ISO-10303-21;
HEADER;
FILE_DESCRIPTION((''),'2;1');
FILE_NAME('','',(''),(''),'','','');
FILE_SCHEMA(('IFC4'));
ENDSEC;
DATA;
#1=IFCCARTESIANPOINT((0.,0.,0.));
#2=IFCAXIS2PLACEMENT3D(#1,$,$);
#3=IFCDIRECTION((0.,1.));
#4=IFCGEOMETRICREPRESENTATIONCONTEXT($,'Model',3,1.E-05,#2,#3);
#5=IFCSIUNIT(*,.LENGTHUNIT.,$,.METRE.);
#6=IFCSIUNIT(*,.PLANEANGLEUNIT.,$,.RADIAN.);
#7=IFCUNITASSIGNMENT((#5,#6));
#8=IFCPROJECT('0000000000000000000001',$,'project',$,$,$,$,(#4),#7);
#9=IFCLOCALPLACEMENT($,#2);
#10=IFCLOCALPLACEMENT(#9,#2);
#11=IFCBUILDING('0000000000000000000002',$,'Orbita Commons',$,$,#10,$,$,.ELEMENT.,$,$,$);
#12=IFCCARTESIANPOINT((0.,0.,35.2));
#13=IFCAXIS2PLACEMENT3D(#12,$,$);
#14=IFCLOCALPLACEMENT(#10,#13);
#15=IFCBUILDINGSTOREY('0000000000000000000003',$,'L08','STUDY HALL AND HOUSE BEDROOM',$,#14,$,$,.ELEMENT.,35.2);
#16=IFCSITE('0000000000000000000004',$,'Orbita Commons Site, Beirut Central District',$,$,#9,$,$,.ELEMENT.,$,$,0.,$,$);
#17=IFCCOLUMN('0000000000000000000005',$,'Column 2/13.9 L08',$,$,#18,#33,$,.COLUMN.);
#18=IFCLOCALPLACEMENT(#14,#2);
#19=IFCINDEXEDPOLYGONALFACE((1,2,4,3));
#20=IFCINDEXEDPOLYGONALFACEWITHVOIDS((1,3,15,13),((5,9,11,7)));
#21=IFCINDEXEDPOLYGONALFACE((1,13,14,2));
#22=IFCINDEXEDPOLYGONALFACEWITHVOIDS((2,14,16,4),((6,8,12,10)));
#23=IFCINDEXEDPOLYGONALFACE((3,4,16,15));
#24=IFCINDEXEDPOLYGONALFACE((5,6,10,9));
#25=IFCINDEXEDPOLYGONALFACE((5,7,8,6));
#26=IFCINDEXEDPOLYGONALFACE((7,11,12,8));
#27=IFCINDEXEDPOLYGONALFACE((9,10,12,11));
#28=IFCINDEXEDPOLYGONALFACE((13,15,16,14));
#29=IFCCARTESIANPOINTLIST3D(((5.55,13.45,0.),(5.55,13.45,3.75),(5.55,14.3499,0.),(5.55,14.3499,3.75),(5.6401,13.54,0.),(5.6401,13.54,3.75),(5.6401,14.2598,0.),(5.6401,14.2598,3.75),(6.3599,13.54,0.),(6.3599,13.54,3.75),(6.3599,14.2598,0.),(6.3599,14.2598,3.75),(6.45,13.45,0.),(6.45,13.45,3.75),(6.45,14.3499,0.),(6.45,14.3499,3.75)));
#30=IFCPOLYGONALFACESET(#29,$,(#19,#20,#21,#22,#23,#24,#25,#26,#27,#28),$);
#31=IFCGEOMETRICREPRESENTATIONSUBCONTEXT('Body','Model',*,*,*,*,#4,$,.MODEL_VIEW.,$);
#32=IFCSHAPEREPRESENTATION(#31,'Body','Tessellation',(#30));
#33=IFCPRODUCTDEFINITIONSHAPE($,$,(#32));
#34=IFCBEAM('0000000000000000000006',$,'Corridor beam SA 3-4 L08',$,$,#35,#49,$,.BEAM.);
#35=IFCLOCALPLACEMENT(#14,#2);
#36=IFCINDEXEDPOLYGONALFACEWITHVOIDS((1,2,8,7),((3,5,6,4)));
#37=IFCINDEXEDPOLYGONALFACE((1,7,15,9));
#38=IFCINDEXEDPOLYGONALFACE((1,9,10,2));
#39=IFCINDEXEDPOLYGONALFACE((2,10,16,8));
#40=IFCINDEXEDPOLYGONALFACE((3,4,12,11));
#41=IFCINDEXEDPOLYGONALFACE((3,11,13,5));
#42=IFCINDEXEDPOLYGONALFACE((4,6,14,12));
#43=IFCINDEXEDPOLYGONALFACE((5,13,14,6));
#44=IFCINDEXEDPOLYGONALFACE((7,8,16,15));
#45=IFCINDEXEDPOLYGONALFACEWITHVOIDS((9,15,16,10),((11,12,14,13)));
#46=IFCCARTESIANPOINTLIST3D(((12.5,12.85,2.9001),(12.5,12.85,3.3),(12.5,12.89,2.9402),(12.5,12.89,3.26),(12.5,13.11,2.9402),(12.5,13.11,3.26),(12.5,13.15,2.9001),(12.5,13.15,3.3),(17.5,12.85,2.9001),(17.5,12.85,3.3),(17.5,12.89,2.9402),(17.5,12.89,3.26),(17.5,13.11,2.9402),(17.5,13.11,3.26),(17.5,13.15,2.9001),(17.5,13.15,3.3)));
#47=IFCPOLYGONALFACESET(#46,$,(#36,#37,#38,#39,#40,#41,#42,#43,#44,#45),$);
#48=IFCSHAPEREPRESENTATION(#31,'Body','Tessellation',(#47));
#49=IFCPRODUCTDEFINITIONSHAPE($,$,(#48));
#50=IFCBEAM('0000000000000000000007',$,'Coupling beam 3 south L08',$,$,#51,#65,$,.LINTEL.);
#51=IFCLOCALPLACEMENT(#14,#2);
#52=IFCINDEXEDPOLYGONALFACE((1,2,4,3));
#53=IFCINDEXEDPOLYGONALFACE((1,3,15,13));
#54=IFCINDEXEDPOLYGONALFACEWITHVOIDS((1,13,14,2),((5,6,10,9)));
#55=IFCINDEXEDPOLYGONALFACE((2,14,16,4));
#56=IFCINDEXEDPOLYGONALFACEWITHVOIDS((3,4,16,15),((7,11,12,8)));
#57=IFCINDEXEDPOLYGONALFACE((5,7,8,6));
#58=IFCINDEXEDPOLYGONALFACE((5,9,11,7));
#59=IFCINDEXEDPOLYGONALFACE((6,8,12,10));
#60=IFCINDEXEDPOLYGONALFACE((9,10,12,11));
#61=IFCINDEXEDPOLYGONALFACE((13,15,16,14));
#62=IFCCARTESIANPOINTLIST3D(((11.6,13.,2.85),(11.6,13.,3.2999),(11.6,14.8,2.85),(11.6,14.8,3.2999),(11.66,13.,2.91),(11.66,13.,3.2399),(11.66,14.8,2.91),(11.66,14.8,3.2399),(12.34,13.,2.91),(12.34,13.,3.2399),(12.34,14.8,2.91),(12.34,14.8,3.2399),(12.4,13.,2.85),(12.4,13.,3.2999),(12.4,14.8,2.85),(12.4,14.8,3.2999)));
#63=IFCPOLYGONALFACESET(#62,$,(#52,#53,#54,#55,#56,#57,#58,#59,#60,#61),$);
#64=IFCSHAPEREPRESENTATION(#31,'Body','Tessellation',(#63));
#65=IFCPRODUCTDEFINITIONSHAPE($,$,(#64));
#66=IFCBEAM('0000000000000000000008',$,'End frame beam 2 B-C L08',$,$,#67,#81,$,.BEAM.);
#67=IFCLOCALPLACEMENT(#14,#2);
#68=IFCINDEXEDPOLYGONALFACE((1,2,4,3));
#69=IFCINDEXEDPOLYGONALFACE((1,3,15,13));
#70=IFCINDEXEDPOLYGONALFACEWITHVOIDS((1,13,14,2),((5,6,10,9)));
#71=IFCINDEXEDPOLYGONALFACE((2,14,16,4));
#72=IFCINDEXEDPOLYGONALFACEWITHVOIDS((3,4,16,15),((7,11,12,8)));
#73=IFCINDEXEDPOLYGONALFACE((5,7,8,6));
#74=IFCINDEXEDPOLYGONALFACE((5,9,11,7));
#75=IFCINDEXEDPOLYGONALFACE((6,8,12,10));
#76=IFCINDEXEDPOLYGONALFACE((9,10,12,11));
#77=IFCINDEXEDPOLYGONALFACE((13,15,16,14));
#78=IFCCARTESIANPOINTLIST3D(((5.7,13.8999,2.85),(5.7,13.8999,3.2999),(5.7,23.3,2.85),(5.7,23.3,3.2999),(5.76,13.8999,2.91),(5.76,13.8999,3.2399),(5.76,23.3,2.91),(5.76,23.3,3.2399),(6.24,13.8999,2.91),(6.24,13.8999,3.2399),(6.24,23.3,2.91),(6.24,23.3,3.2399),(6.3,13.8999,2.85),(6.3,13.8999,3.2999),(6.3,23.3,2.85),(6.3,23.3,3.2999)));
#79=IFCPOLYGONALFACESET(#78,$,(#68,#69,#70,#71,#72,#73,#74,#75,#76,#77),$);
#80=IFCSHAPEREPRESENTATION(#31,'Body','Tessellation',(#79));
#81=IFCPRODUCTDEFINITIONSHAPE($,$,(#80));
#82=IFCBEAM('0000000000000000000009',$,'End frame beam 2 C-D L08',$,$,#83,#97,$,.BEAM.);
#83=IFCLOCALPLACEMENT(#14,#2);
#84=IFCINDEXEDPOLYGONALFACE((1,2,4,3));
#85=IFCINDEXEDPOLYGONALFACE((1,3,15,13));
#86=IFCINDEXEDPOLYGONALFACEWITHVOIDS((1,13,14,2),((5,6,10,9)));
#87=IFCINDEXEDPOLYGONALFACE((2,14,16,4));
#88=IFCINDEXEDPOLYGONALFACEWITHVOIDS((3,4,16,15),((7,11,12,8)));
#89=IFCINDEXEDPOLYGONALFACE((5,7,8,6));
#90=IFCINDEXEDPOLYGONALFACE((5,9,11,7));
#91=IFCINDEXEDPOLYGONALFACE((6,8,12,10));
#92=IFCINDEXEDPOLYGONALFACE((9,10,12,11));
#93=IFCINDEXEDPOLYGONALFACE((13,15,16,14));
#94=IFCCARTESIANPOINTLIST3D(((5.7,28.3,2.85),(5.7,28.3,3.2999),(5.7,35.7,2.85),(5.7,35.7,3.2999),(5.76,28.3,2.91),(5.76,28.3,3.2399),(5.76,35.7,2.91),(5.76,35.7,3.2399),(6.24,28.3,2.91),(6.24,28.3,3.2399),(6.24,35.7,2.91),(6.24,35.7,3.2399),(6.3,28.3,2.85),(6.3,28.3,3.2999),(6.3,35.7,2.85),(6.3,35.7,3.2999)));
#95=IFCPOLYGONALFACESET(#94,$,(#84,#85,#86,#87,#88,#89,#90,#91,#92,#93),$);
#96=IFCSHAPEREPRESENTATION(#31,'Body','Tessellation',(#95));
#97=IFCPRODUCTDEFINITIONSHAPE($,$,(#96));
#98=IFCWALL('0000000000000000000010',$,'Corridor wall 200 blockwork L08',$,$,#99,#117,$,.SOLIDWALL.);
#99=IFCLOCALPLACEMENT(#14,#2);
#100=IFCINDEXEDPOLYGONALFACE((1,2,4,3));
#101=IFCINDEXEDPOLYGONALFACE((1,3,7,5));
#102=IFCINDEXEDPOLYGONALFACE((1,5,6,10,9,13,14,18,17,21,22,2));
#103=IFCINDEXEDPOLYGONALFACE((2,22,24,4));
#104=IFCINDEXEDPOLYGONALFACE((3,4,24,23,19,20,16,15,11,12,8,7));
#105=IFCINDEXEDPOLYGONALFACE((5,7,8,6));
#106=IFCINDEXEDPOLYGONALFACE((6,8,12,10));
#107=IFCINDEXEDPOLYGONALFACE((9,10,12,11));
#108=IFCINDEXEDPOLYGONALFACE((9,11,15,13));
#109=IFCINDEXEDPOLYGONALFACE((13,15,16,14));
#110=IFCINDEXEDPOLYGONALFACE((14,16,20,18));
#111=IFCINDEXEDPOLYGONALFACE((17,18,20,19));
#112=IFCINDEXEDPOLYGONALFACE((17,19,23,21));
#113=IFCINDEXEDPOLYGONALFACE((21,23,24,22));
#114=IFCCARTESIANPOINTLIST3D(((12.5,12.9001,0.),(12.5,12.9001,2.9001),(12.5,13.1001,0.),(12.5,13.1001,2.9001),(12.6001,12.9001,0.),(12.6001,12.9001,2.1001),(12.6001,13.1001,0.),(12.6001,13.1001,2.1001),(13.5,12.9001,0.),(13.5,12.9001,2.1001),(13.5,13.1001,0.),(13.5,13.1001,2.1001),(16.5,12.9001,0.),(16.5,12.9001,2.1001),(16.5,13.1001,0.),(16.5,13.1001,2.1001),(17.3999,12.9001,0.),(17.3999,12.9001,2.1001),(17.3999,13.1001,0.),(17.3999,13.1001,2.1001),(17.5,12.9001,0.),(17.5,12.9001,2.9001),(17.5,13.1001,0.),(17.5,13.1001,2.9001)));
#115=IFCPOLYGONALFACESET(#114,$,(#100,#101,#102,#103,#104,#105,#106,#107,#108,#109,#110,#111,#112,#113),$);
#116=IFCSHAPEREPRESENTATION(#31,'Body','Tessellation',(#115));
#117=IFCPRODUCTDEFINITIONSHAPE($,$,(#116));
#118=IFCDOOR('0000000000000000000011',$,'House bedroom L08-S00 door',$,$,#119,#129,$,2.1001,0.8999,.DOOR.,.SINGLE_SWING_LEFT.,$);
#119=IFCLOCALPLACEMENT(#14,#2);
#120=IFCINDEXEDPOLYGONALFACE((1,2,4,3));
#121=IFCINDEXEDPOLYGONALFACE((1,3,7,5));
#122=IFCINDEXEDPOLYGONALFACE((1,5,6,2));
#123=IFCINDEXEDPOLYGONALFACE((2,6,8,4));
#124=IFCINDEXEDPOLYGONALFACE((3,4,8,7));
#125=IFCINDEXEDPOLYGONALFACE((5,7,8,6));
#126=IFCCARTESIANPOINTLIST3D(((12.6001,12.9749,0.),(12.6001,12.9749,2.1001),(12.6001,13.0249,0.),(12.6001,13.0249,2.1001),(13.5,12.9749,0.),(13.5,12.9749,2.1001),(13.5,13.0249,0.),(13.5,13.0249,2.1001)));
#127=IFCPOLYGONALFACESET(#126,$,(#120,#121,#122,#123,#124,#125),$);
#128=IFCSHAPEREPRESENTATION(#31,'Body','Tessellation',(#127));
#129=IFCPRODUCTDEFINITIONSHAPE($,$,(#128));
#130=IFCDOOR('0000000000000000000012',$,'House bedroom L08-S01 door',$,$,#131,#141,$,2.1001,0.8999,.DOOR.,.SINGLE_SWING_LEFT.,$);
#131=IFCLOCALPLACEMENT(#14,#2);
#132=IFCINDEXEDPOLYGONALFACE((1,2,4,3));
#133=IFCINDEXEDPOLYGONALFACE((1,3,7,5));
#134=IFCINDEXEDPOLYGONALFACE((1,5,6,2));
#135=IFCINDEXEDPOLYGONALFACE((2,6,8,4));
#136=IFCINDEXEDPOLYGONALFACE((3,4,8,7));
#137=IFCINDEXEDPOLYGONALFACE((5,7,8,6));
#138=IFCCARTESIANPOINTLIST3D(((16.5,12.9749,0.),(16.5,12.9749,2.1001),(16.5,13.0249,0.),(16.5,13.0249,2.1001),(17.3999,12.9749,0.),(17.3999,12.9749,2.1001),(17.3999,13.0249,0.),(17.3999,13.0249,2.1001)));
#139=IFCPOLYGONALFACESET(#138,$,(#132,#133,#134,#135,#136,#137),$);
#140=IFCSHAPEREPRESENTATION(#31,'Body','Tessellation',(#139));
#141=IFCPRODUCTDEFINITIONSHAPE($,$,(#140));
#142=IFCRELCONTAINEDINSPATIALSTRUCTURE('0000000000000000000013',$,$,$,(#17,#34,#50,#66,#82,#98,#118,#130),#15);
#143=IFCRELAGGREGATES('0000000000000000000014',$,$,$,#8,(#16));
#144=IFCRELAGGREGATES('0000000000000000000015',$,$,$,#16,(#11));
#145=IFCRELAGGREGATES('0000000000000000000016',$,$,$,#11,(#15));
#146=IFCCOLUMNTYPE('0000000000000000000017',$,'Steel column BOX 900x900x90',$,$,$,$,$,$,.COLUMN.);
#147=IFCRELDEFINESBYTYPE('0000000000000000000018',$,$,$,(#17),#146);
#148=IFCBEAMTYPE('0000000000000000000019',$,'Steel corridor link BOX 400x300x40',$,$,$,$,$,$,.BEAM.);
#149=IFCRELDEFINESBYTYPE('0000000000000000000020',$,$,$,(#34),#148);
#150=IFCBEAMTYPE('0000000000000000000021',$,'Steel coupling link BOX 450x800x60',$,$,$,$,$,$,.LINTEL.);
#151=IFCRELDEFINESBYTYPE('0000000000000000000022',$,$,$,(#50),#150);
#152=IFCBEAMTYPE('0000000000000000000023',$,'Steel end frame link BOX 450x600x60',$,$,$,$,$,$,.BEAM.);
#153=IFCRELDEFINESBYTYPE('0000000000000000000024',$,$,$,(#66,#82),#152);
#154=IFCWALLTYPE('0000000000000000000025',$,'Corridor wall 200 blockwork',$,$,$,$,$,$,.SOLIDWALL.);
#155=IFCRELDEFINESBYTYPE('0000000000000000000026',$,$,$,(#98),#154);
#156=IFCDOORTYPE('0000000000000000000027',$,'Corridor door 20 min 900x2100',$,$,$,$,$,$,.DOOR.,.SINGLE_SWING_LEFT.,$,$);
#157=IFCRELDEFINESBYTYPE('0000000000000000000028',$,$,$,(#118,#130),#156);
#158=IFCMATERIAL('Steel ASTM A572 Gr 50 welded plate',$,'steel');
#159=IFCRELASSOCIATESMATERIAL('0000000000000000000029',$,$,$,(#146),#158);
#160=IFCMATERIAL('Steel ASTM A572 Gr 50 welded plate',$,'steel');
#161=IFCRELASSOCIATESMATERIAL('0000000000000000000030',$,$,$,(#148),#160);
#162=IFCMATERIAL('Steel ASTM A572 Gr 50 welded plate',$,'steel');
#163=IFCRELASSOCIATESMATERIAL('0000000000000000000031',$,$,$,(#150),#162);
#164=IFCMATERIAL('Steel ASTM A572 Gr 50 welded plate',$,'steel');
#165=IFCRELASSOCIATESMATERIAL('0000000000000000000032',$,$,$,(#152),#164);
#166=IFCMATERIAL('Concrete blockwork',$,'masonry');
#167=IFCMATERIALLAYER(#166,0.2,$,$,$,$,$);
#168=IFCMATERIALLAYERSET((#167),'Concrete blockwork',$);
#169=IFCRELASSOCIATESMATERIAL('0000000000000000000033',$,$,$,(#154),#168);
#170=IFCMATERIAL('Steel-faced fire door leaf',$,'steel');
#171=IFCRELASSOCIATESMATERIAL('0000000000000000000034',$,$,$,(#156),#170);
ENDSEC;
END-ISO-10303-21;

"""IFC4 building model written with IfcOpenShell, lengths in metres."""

from ifc_helpers import new_model, si_unit, direction, frame, frame_2d, origin, origin_2d, place, context, subcontext, project, spatial, polyline, rectangle, hollow_rectangle, outline, extrude, material, layer, layer_set, material_profile, profile_set, type_object, element, fill, save


model = new_model("IFC4")

# Units and contexts
model_context = context("Model", 3, precision=1e-05, world=origin(), true_north=direction((0.0, 1.0)))
body_context = subcontext(model_context, "Body", "Model", "MODEL_VIEW")
ifc_project = project(units=[si_unit("LENGTHUNIT", "METRE"), si_unit("PLANEANGLEUNIT", "RADIAN")], contexts=[model_context])

# Site, building, storey
site_placement = place(None, origin())
site = spatial("IfcSite", under=ifc_project, at=site_placement, Name="Orbita Commons Site, Beirut Central District", CompositionType="ELEMENT", RefElevation=0.0)
building_placement = place(site_placement, origin())
building = spatial("IfcBuilding", under=site, at=building_placement, Name="Orbita Commons", CompositionType="ELEMENT")
storey_placement = place(building_placement, frame((0.0, 0.0, 35.2)))
storey = spatial("IfcBuildingStorey", under=building, at=storey_placement, Name="L08", Description="STUDY HALL AND HOUSE BEDROOM", CompositionType="ELEMENT", Elevation=35.2)

# Column
ifc_material_1 = material(Name="Steel ASTM A572 Gr 50 welded plate", Category="steel")
ifc_material_profile_1 = material_profile(ifc_material_1, hollow_rectangle(XDim=0.8999, YDim=0.8999, WallThickness=0.0901, at=origin_2d()), Name="BOX 900x900x90")
ifc_profile_set_1 = profile_set([ifc_material_profile_1], Name="Steel ASTM A572 Gr 50 welded plate")
column_type = type_object("IfcColumnType", Name="Steel column BOX 900x900x90", PredefinedType="COLUMN", material=ifc_profile_set_1)
column_placement = place(storey_placement, frame((6.0, 13.8999, 0.0), z_axis=(0.0, 0.0, 1.0), x_axis=(1.0, 0.0, 0.0)))
element("IfcColumn", 1, at=column_placement, inside=storey, type_object=column_type, Name="Column 2/13.9 L08", PredefinedType="COLUMN", context=body_context, shape_type="SweptSolid", body=[
    extrude(hollow_rectangle(XDim=0.8999, YDim=0.8999, WallThickness=0.0901, at=origin_2d()), origin(), (0.0, 0.0, 1.0), 3.75),
])

# Beams
ifc_material_2 = material(Name="Steel ASTM A572 Gr 50 welded plate", Category="steel")
ifc_material_profile_2 = material_profile(ifc_material_2, hollow_rectangle(XDim=0.3, YDim=0.3999, WallThickness=0.04, at=origin_2d()), Name="BOX 400x300x40")
ifc_profile_set_2 = profile_set([ifc_material_profile_2], Name="Steel ASTM A572 Gr 50 welded plate")
beam_type_1 = type_object("IfcBeamType", Name="Steel corridor link BOX 400x300x40", PredefinedType="BEAM", material=ifc_profile_set_2)
beam_1_placement = place(storey_placement, frame((12.5, 13.0, 3.1001), z_axis=(1.0, 0.0, 0.0), x_axis=(0.0, 1.0, 0.0)))
element("IfcBeam", 2, at=beam_1_placement, inside=storey, type_object=beam_type_1, Name="Corridor beam SA 3-4 L08", PredefinedType="BEAM", context=body_context, shape_type="SweptSolid", body=[
    extrude(hollow_rectangle(XDim=0.3, YDim=0.3999, WallThickness=0.04, at=origin_2d()), origin(), (0.0, 0.0, 1.0), 5.0),
])
ifc_material_3 = material(Name="Steel ASTM A572 Gr 50 welded plate", Category="steel")
ifc_material_profile_3 = material_profile(ifc_material_3, hollow_rectangle(XDim=0.8, YDim=0.45, WallThickness=0.0601, at=origin_2d()), Name="BOX 450x800x60")
ifc_profile_set_3 = profile_set([ifc_material_profile_3], Name="Steel ASTM A572 Gr 50 welded plate")
beam_type_2 = type_object("IfcBeamType", Name="Steel coupling link BOX 450x800x60", PredefinedType="LINTEL", material=ifc_profile_set_3)
beam_2_placement = place(storey_placement, frame((12.0, 13.0, 3.075), z_axis=(0.0, 1.0, 0.0), x_axis=(-1.0, 0.0, 0.0)))
element("IfcBeam", 3, at=beam_2_placement, inside=storey, type_object=beam_type_2, Name="Coupling beam 3 south L08", PredefinedType="LINTEL", context=body_context, shape_type="SweptSolid", body=[
    extrude(hollow_rectangle(XDim=0.8, YDim=0.45, WallThickness=0.0601, at=origin_2d()), origin(), (0.0, 0.0, 1.0), 1.8),
])
ifc_material_4 = material(Name="Steel ASTM A572 Gr 50 welded plate", Category="steel")
ifc_material_profile_4 = material_profile(ifc_material_4, hollow_rectangle(XDim=0.6001, YDim=0.45, WallThickness=0.0601, at=origin_2d()), Name="BOX 450x600x60")
ifc_profile_set_4 = profile_set([ifc_material_profile_4], Name="Steel ASTM A572 Gr 50 welded plate")
beam_type_3 = type_object("IfcBeamType", Name="Steel end frame link BOX 450x600x60", PredefinedType="BEAM", material=ifc_profile_set_4)
beam_3_placement = place(storey_placement, frame((6.0, 13.8999, 3.075), z_axis=(0.0, 1.0, 0.0), x_axis=(-1.0, 0.0, 0.0)))
element("IfcBeam", 4, at=beam_3_placement, inside=storey, type_object=beam_type_3, Name="End frame beam 2 B-C L08", PredefinedType="BEAM", context=body_context, shape_type="SweptSolid", body=[
    extrude(hollow_rectangle(XDim=0.6001, YDim=0.45, WallThickness=0.0601, at=origin_2d()), origin(), (0.0, 0.0, 1.0), 9.4001),
])
beam_4_placement = place(storey_placement, frame((6.0, 28.3, 3.075), z_axis=(0.0, 1.0, 0.0), x_axis=(-1.0, 0.0, 0.0)))
element("IfcBeam", 5, at=beam_4_placement, inside=storey, type_object=beam_type_3, Name="End frame beam 2 C-D L08", PredefinedType="BEAM", context=body_context, shape_type="SweptSolid", body=[
    extrude(hollow_rectangle(XDim=0.6001, YDim=0.45, WallThickness=0.0601, at=origin_2d()), origin(), (0.0, 0.0, 1.0), 7.3999),
])

# Wall, openings, doors
ifc_material_5 = material(Name="Concrete blockwork", Category="masonry")
ifc_layer_1 = layer(ifc_material_5, 0.2)
ifc_layer_set_1 = layer_set([ifc_layer_1], Name="Concrete blockwork")
wall_type_1 = type_object("IfcWallType", Name="Corridor wall 200 blockwork", PredefinedType="SOLIDWALL", material=ifc_layer_set_1)
wall_1_placement = place(storey_placement, frame((12.5, 13.0, 0.0), z_axis=(0.0, 0.0, 1.0), x_axis=(1.0, 0.0, 0.0)))
wall_1 = element("IfcWall", 6, at=wall_1_placement, inside=storey, type_object=wall_type_1, Name="Corridor wall 200 blockwork L08", PredefinedType="SOLIDWALL", context=body_context, shape_type="SweptSolid", body=[
    extrude(outline(polyline([(0.0, 0.0), (5.0, 0.0), (5.0, 2.9001), (0.0, 2.9001), (0.0, 0.0)])), frame((0.0, 0.1001, 0.0), z_axis=(0.0, -1.0, 0.0), x_axis=(1.0, 0.0, 0.0)), (0.0, 0.0, 1.0), 0.2),
])
opening_1_placement = place(wall_1_placement, frame((0.1001, 0.0, 0.0)))
opening_1 = element("IfcOpeningElement", 7, at=opening_1_placement, cuts=wall_1, PredefinedType="OPENING", context=body_context, shape_type="SweptSolid", body=[
    extrude(rectangle(XDim=0.8999, YDim=2.1001, at=frame_2d((0.45, 1.05))), frame((0.0, 0.1099, 0.0), z_axis=(0.0, -1.0, 0.0), x_axis=(1.0, 0.0, 0.0)), (0.0, 0.0, 1.0), 0.22),
])
opening_2_placement = place(wall_1_placement, frame((4.0, 0.0, 0.0)))
opening_2 = element("IfcOpeningElement", 8, at=opening_2_placement, cuts=wall_1, PredefinedType="OPENING", context=body_context, shape_type="SweptSolid", body=[
    extrude(rectangle(XDim=0.8999, YDim=2.1001, at=frame_2d((0.45, 1.05))), frame((0.0, 0.1099, 0.0), z_axis=(0.0, -1.0, 0.0), x_axis=(1.0, 0.0, 0.0)), (0.0, 0.0, 1.0), 0.22),
])
ifc_material_6 = material(Name="Steel-faced fire door leaf", Category="steel")
door_type_1 = type_object("IfcDoorType", Name="Corridor door 20 min 900x2100", OperationType="SINGLE_SWING_LEFT", PredefinedType="DOOR", material=ifc_material_6)
door_1_placement = place(opening_1_placement, origin())
door_1 = element("IfcDoor", 9, at=door_1_placement, inside=storey, type_object=door_type_1, Name="House bedroom L08-S00 door", OperationType="SINGLE_SWING_LEFT", OverallHeight=2.1001, OverallWidth=0.8999, PredefinedType="DOOR", context=body_context, shape_type="SweptSolid", body=[
    extrude(rectangle(XDim=0.8999, YDim=2.1001, at=frame_2d((0.45, 1.05))), frame((0.0, 0.0249, 0.0), z_axis=(0.0, -1.0, 0.0), x_axis=(1.0, 0.0, 0.0)), (0.0, 0.0, 1.0), 0.05),
])
fill(opening_1, door_1)
door_2_placement = place(opening_2_placement, origin())
door_2 = element("IfcDoor", 10, at=door_2_placement, inside=storey, type_object=door_type_1, Name="House bedroom L08-S01 door", OperationType="SINGLE_SWING_LEFT", OverallHeight=2.1001, OverallWidth=0.8999, PredefinedType="DOOR", context=body_context, shape_type="SweptSolid", body=[
    extrude(rectangle(XDim=0.8999, YDim=2.1001, at=frame_2d((0.45, 1.05))), frame((0.0, 0.0249, 0.0), z_axis=(0.0, -1.0, 0.0), x_axis=(1.0, 0.0, 0.0)), (0.0, 0.0, 1.0), 0.05),
])
fill(opening_2, door_2)

save(model, "model.ifc")
